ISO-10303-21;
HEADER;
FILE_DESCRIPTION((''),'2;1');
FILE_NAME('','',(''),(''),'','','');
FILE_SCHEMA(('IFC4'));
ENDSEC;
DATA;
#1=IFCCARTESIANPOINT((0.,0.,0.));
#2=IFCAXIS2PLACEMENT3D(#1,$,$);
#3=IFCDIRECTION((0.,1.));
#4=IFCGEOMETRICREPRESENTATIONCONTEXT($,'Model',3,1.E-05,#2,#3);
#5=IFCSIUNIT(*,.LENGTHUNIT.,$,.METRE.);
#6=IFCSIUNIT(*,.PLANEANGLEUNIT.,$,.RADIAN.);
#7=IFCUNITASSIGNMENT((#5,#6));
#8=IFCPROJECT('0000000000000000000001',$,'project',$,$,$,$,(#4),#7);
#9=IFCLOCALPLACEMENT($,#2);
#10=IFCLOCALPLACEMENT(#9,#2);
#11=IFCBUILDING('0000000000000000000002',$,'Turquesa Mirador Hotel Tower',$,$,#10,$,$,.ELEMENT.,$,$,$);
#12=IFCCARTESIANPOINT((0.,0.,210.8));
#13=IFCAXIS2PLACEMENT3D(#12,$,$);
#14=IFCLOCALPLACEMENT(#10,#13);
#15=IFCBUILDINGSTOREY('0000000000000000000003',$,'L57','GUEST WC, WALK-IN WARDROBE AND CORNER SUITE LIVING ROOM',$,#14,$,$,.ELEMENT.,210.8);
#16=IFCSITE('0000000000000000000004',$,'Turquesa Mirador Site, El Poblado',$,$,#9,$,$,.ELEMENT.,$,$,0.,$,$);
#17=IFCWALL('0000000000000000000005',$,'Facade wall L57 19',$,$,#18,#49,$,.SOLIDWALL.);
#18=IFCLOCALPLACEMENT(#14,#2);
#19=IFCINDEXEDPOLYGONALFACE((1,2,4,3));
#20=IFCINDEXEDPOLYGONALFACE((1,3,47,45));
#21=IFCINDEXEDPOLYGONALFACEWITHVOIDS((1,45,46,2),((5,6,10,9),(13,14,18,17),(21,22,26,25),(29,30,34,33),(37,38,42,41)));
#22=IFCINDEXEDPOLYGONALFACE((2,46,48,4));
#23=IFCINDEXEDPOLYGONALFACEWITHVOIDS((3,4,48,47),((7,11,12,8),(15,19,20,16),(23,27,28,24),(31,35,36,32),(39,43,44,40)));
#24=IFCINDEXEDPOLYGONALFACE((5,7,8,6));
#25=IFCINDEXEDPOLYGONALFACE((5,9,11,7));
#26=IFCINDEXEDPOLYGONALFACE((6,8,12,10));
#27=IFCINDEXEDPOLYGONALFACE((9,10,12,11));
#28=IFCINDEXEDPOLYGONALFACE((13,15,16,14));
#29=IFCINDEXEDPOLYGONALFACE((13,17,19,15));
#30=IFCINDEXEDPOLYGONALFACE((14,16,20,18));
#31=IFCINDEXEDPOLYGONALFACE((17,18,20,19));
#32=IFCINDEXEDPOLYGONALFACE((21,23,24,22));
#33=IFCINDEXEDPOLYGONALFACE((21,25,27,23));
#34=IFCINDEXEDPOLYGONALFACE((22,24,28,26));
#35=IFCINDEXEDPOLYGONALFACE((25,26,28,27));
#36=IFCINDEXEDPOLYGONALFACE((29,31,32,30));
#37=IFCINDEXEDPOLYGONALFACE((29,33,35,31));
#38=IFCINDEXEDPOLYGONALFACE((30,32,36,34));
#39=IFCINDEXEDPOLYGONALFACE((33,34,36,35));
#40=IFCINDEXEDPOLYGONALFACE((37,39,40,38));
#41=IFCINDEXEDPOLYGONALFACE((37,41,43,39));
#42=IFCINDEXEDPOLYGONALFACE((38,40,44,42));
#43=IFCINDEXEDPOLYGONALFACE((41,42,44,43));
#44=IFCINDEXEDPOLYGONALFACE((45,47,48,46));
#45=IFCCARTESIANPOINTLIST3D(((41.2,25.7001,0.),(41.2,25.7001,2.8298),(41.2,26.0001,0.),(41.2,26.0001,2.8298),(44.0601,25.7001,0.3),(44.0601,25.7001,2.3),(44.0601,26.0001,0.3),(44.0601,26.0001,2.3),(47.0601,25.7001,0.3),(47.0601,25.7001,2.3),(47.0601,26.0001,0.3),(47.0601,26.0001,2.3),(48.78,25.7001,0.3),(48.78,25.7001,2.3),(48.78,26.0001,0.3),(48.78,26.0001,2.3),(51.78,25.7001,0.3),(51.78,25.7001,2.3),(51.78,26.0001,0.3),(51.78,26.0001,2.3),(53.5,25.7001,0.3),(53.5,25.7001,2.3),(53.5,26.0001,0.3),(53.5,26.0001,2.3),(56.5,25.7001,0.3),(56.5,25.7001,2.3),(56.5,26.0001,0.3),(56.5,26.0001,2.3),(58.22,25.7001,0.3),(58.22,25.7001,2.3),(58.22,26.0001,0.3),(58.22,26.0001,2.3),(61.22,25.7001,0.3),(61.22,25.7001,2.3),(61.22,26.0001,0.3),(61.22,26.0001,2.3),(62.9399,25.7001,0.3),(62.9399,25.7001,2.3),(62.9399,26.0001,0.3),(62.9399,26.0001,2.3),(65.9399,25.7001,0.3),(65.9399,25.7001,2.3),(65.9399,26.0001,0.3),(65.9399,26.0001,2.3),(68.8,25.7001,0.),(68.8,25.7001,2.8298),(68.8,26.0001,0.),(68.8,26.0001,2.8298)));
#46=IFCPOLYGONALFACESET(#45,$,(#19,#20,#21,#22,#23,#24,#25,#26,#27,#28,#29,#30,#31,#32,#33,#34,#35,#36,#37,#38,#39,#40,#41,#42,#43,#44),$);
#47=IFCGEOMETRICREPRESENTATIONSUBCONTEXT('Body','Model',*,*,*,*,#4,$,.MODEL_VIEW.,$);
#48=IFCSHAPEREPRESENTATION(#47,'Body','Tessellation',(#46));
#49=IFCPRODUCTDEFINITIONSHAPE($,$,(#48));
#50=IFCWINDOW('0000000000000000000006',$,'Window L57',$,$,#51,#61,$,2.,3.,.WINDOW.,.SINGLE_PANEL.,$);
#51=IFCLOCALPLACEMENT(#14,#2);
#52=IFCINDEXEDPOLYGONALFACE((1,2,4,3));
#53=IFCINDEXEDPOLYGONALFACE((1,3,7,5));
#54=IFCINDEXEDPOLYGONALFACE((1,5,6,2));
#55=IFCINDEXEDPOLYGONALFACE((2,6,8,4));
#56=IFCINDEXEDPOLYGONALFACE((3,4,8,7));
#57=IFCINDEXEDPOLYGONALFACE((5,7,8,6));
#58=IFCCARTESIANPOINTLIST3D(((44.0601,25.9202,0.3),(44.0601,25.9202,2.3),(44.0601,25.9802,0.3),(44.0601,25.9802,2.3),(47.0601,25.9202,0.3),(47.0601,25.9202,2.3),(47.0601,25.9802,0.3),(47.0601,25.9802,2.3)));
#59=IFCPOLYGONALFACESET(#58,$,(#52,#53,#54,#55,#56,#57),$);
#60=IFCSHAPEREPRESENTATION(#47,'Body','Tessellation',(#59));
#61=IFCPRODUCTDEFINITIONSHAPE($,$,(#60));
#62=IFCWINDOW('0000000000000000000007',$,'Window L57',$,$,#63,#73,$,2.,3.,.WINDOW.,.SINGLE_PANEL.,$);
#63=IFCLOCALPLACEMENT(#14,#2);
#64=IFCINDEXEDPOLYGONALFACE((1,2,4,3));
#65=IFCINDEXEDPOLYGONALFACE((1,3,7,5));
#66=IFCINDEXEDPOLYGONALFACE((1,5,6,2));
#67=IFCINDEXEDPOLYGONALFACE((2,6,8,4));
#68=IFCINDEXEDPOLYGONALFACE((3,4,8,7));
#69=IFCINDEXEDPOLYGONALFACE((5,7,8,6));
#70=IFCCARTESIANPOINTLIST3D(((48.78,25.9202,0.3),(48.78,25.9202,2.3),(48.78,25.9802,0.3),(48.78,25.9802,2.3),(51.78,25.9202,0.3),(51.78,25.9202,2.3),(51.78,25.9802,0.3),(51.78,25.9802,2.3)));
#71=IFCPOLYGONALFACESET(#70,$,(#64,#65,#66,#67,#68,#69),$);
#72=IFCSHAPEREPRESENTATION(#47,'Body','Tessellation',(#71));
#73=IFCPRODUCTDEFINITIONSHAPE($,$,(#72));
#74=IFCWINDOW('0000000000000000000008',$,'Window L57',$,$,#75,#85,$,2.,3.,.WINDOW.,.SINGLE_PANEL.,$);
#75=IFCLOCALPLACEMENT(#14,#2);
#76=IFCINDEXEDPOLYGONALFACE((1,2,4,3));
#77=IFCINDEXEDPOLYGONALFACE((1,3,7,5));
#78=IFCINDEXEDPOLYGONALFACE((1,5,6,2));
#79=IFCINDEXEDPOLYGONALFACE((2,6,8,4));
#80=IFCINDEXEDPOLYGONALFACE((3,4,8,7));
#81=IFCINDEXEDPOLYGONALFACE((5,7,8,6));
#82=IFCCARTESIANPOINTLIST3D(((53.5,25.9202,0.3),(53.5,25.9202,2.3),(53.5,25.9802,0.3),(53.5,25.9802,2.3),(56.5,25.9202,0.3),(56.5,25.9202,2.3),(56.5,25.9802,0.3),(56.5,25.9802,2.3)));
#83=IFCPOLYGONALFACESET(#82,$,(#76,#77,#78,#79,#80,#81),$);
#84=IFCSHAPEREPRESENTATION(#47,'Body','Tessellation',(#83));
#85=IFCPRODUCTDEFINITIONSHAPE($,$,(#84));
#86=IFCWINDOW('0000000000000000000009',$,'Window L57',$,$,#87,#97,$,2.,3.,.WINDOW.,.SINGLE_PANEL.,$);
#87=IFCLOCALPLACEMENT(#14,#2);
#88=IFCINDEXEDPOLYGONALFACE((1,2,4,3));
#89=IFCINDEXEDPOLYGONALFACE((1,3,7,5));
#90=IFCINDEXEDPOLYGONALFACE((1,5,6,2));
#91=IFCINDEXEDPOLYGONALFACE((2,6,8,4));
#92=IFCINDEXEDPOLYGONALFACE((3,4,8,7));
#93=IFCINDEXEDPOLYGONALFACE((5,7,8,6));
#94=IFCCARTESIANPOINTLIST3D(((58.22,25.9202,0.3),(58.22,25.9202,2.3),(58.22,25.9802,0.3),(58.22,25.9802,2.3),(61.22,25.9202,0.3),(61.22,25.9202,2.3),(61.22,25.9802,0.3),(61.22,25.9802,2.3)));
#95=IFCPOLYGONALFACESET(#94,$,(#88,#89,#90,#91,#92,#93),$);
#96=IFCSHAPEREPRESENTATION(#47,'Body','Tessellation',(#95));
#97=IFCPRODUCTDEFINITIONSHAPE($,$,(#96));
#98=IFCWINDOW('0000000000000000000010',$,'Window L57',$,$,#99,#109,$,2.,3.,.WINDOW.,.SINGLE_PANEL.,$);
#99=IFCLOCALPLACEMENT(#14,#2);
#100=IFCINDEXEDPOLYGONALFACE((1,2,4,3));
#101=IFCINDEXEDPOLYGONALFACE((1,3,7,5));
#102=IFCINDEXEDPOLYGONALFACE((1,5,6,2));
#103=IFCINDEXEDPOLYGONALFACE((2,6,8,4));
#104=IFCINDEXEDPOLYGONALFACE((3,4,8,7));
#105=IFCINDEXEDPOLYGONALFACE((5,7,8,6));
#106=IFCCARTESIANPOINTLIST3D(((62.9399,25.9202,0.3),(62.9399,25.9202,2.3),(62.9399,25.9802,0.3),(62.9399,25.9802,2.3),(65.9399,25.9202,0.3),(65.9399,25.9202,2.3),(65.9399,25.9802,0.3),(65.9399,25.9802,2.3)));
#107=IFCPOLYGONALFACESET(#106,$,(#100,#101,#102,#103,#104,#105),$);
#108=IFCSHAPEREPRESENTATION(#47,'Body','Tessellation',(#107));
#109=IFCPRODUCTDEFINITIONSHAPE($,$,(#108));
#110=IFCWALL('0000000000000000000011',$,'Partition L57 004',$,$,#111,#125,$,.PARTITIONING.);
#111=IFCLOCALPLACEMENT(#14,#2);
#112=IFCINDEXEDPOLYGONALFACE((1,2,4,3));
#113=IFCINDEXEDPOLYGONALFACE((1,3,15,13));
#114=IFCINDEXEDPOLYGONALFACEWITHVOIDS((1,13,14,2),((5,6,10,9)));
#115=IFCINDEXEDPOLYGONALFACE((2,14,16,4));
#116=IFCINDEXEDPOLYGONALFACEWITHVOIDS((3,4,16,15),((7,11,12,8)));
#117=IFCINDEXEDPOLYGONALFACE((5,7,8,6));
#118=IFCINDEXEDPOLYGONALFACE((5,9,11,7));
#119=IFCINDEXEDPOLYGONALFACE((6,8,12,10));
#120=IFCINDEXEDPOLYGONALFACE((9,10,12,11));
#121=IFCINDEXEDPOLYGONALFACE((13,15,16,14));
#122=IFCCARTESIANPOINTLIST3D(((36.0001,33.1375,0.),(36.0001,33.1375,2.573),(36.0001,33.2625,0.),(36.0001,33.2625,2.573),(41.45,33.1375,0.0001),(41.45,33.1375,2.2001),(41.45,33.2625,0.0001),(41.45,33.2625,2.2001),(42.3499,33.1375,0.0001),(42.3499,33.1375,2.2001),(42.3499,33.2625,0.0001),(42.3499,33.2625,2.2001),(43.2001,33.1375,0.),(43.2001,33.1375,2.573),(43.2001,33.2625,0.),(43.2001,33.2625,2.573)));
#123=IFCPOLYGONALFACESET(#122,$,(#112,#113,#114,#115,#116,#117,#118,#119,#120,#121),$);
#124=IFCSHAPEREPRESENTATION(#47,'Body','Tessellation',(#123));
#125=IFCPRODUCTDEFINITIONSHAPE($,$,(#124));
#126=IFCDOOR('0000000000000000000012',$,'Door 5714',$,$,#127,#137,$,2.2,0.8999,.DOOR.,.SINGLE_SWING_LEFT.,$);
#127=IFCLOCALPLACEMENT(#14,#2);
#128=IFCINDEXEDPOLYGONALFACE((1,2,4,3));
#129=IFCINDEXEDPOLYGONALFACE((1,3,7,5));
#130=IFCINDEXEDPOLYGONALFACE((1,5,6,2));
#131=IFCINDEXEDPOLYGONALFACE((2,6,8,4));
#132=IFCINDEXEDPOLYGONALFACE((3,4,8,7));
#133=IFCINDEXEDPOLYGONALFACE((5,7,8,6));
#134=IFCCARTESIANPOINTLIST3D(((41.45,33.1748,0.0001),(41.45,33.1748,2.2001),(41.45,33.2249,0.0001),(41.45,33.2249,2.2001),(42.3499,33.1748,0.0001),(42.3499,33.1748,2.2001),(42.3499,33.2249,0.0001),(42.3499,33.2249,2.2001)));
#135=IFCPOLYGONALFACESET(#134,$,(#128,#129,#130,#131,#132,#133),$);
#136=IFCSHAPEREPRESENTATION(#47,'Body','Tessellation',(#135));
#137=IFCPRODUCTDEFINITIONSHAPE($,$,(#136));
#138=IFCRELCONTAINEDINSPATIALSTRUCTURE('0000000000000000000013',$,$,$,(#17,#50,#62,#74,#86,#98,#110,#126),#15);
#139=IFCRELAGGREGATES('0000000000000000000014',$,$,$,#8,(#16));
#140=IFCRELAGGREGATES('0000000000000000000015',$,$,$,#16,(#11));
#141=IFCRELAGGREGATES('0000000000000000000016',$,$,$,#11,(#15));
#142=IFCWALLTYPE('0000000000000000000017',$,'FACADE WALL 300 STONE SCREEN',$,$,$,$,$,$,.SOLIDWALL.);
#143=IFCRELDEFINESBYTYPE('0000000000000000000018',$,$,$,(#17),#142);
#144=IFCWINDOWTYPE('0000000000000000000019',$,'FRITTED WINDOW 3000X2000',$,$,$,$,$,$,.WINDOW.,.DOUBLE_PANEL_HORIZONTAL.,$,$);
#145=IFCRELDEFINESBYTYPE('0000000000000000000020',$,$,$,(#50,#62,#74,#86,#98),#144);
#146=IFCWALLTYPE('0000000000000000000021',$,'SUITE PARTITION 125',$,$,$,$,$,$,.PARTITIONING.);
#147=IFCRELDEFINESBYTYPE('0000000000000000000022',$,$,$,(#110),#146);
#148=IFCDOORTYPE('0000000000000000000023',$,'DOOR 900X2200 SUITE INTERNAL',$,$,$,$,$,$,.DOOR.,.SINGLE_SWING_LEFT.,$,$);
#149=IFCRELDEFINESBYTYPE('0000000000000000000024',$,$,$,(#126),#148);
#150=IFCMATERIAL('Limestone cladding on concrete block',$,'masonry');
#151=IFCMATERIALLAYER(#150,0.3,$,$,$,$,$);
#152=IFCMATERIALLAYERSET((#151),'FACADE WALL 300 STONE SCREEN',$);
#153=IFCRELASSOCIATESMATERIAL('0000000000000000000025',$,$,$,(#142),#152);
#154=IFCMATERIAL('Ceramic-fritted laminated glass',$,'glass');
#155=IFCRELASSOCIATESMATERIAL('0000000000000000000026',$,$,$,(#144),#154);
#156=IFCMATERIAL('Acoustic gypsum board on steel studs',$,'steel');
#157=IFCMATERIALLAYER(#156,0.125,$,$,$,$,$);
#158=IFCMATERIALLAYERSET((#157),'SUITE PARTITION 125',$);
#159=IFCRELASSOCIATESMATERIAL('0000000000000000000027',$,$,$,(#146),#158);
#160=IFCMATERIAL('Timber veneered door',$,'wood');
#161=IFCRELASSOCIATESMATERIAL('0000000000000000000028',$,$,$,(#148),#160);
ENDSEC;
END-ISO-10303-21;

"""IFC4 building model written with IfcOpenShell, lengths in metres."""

from ifc_helpers import new_model, si_unit, direction, frame, frame_2d, origin, place, context, subcontext, project, spatial, rectangle, extrude, material, layer, layer_set, type_object, element, fill, save


model = new_model("IFC4")

# Units and contexts
model_context = context("Model", 3, precision=1e-05, world=origin(), true_north=direction((0.0, 1.0)))
body_context = subcontext(model_context, "Body", "Model", "MODEL_VIEW")
ifc_project = project(units=[si_unit("LENGTHUNIT", "METRE"), si_unit("PLANEANGLEUNIT", "RADIAN")], contexts=[model_context])

# Site, building, storey
site_placement = place(None, origin())
site = spatial("IfcSite", under=ifc_project, at=site_placement, Name="Turquesa Mirador Site, El Poblado", CompositionType="ELEMENT", RefElevation=0.0)
building_placement = place(site_placement, origin())
building = spatial("IfcBuilding", under=site, at=building_placement, Name="Turquesa Mirador Hotel Tower", CompositionType="ELEMENT")
storey_placement = place(building_placement, frame((0.0, 0.0, 210.8)))
storey = spatial("IfcBuildingStorey", under=building, at=storey_placement, Name="L57", Description="GUEST WC, WALK-IN WARDROBE AND CORNER SUITE LIVING ROOM", CompositionType="ELEMENT", Elevation=210.8)

# Shared definitions
ifc_material_1 = material(Name="Limestone cladding on concrete block", Category="masonry")
ifc_layer_1 = layer(ifc_material_1, 0.3)
ifc_layer_set_1 = layer_set([ifc_layer_1], Name="FACADE WALL 300 STONE SCREEN")
wall_type_1 = type_object("IfcWallType", Name="FACADE WALL 300 STONE SCREEN", PredefinedType="SOLIDWALL", material=ifc_layer_set_1)

# Wall, openings, windows
wall_1_placement = place(storey_placement, frame((41.2, 25.8501, 0.0), z_axis=(0.0, 0.0, 1.0), x_axis=(1.0, 0.0, 0.0)))
wall_1 = element("IfcWall", 1, at=wall_1_placement, inside=storey, type_object=wall_type_1, Name="Facade wall L57 19", PredefinedType="SOLIDWALL", context=body_context, shape_type="SweptSolid", body=[
    extrude(rectangle(XDim=27.6001, YDim=0.3, at=frame_2d((13.8, 0.0))), origin(), (0.0, 0.0, 1.0), 2.8298),
])
opening_1_placement = place(wall_1_placement, frame((2.8601, 0.0, 0.3)))
opening_1 = element("IfcOpeningElement", 2, at=opening_1_placement, cuts=wall_1, PredefinedType="OPENING", context=body_context, shape_type="SweptSolid", body=[
    extrude(rectangle(XDim=3.0, YDim=2.0, at=frame_2d((1.5, 1.0))), frame((0.0, 0.1599, 0.0), z_axis=(0.0, -1.0, 0.0), x_axis=(1.0, 0.0, 0.0)), (0.0, 0.0, 1.0), 0.3201),
])
opening_2_placement = place(wall_1_placement, frame((7.5801, 0.0, 0.3)))
opening_2 = element("IfcOpeningElement", 3, at=opening_2_placement, cuts=wall_1, PredefinedType="OPENING", context=body_context, shape_type="SweptSolid", body=[
    extrude(rectangle(XDim=3.0, YDim=2.0, at=frame_2d((1.5, 1.0))), frame((0.0, 0.1599, 0.0), z_axis=(0.0, -1.0, 0.0), x_axis=(1.0, 0.0, 0.0)), (0.0, 0.0, 1.0), 0.3201),
])
opening_3_placement = place(wall_1_placement, frame((12.3, 0.0, 0.3)))
opening_3 = element("IfcOpeningElement", 4, at=opening_3_placement, cuts=wall_1, PredefinedType="OPENING", context=body_context, shape_type="SweptSolid", body=[
    extrude(rectangle(XDim=3.0, YDim=2.0, at=frame_2d((1.5, 1.0))), frame((0.0, 0.1599, 0.0), z_axis=(0.0, -1.0, 0.0), x_axis=(1.0, 0.0, 0.0)), (0.0, 0.0, 1.0), 0.3201),
])
opening_4_placement = place(wall_1_placement, frame((17.02, 0.0, 0.3)))
opening_4 = element("IfcOpeningElement", 5, at=opening_4_placement, cuts=wall_1, PredefinedType="OPENING", context=body_context, shape_type="SweptSolid", body=[
    extrude(rectangle(XDim=3.0, YDim=2.0, at=frame_2d((1.5, 1.0))), frame((0.0, 0.1599, 0.0), z_axis=(0.0, -1.0, 0.0), x_axis=(1.0, 0.0, 0.0)), (0.0, 0.0, 1.0), 0.3201),
])
opening_5_placement = place(wall_1_placement, frame((21.74, 0.0, 0.3)))
opening_5 = element("IfcOpeningElement", 6, at=opening_5_placement, cuts=wall_1, PredefinedType="OPENING", context=body_context, shape_type="SweptSolid", body=[
    extrude(rectangle(XDim=3.0, YDim=2.0, at=frame_2d((1.5, 1.0))), frame((0.0, 0.1599, 0.0), z_axis=(0.0, -1.0, 0.0), x_axis=(1.0, 0.0, 0.0)), (0.0, 0.0, 1.0), 0.3201),
])
ifc_material_2 = material(Name="Ceramic-fritted laminated glass", Category="glass")
window_type_1 = type_object("IfcWindowType", Name="FRITTED WINDOW 3000X2000", PartitioningType="DOUBLE_PANEL_HORIZONTAL", PredefinedType="WINDOW", material=ifc_material_2)
window_1_placement = place(opening_1_placement, origin())
window_1 = element("IfcWindow", 7, at=window_1_placement, inside=storey, type_object=window_type_1, Name="Window L57", OverallHeight=2.0, OverallWidth=3.0, PartitioningType="SINGLE_PANEL", PredefinedType="WINDOW", context=body_context, shape_type="SweptSolid", body=[
    extrude(rectangle(XDim=3.0, YDim=2.0, at=frame_2d((1.5, 1.0))), frame((0.0, 0.1301, 0.0), z_axis=(0.0, -1.0, 0.0), x_axis=(1.0, 0.0, 0.0)), (0.0, 0.0, 1.0), 0.0601),
])
fill(opening_1, window_1)
window_2_placement = place(opening_2_placement, origin())
window_2 = element("IfcWindow", 8, at=window_2_placement, inside=storey, type_object=window_type_1, Name="Window L57", OverallHeight=2.0, OverallWidth=3.0, PartitioningType="SINGLE_PANEL", PredefinedType="WINDOW", context=body_context, shape_type="SweptSolid", body=[
    extrude(rectangle(XDim=3.0, YDim=2.0, at=frame_2d((1.5, 1.0))), frame((0.0, 0.1301, 0.0), z_axis=(0.0, -1.0, 0.0), x_axis=(1.0, 0.0, 0.0)), (0.0, 0.0, 1.0), 0.0601),
])
fill(opening_2, window_2)
window_3_placement = place(opening_3_placement, origin())
window_3 = element("IfcWindow", 9, at=window_3_placement, inside=storey, type_object=window_type_1, Name="Window L57", OverallHeight=2.0, OverallWidth=3.0, PartitioningType="SINGLE_PANEL", PredefinedType="WINDOW", context=body_context, shape_type="SweptSolid", body=[
    extrude(rectangle(XDim=3.0, YDim=2.0, at=frame_2d((1.5, 1.0))), frame((0.0, 0.1301, 0.0), z_axis=(0.0, -1.0, 0.0), x_axis=(1.0, 0.0, 0.0)), (0.0, 0.0, 1.0), 0.0601),
])
fill(opening_3, window_3)
window_4_placement = place(opening_4_placement, origin())
window_4 = element("IfcWindow", 10, at=window_4_placement, inside=storey, type_object=window_type_1, Name="Window L57", OverallHeight=2.0, OverallWidth=3.0, PartitioningType="SINGLE_PANEL", PredefinedType="WINDOW", context=body_context, shape_type="SweptSolid", body=[
    extrude(rectangle(XDim=3.0, YDim=2.0, at=frame_2d((1.5, 1.0))), frame((0.0, 0.1301, 0.0), z_axis=(0.0, -1.0, 0.0), x_axis=(1.0, 0.0, 0.0)), (0.0, 0.0, 1.0), 0.0601),
])
fill(opening_4, window_4)
window_5_placement = place(opening_5_placement, origin())
window_5 = element("IfcWindow", 11, at=window_5_placement, inside=storey, type_object=window_type_1, Name="Window L57", OverallHeight=2.0, OverallWidth=3.0, PartitioningType="SINGLE_PANEL", PredefinedType="WINDOW", context=body_context, shape_type="SweptSolid", body=[
    extrude(rectangle(XDim=3.0, YDim=2.0, at=frame_2d((1.5, 1.0))), frame((0.0, 0.1301, 0.0), z_axis=(0.0, -1.0, 0.0), x_axis=(1.0, 0.0, 0.0)), (0.0, 0.0, 1.0), 0.0601),
])
fill(opening_5, window_5)

# Wall, opening, door
ifc_material_3 = material(Name="Acoustic gypsum board on steel studs", Category="steel")
ifc_layer_2 = layer(ifc_material_3, 0.125)
ifc_layer_set_2 = layer_set([ifc_layer_2], Name="SUITE PARTITION 125")
wall_type_2 = type_object("IfcWallType", Name="SUITE PARTITION 125", PredefinedType="PARTITIONING", material=ifc_layer_set_2)
wall_2_placement = place(storey_placement, frame((36.0, 33.2, 0.0), z_axis=(0.0, 0.0, 1.0), x_axis=(1.0, 0.0, 0.0)))
wall_2 = element("IfcWall", 12, at=wall_2_placement, inside=storey, type_object=wall_type_2, Name="Partition L57 004", PredefinedType="PARTITIONING", context=body_context, shape_type="SweptSolid", body=[
    extrude(rectangle(XDim=7.2, YDim=0.125, at=frame_2d((3.6001, 0.0))), origin(), (0.0, 0.0, 1.0), 2.573),
])
opening_6_placement = place(wall_2_placement, frame((5.45, 0.0, 0.0)))
opening_6 = element("IfcOpeningElement", 13, at=opening_6_placement, cuts=wall_2, PredefinedType="OPENING", context=body_context, shape_type="SweptSolid", body=[
    extrude(rectangle(XDim=0.8999, YDim=2.2, at=frame_2d((0.45, 1.1001))), frame((0.0, 0.0725, 0.0), z_axis=(0.0, -1.0, 0.0), x_axis=(1.0, 0.0, 0.0)), (0.0, 0.0, 1.0), 0.145),
])
ifc_material_4 = material(Name="Timber veneered door", Category="wood")
door_type = type_object("IfcDoorType", Name="DOOR 900X2200 SUITE INTERNAL", OperationType="SINGLE_SWING_LEFT", PredefinedType="DOOR", material=ifc_material_4)
door_placement = place(opening_6_placement, origin())
door = element("IfcDoor", 14, at=door_placement, inside=storey, type_object=door_type, Name="Door 5714", OperationType="SINGLE_SWING_LEFT", OverallHeight=2.2, OverallWidth=0.8999, PredefinedType="DOOR", context=body_context, shape_type="SweptSolid", body=[
    extrude(rectangle(XDim=0.8999, YDim=2.2, at=frame_2d((0.45, 1.1001))), frame((0.0, 0.0249, 0.0), z_axis=(0.0, -1.0, 0.0), x_axis=(1.0, 0.0, 0.0)), (0.0, 0.0, 1.0), 0.05),
])
fill(opening_6, door)

save(model, "model.ifc")
